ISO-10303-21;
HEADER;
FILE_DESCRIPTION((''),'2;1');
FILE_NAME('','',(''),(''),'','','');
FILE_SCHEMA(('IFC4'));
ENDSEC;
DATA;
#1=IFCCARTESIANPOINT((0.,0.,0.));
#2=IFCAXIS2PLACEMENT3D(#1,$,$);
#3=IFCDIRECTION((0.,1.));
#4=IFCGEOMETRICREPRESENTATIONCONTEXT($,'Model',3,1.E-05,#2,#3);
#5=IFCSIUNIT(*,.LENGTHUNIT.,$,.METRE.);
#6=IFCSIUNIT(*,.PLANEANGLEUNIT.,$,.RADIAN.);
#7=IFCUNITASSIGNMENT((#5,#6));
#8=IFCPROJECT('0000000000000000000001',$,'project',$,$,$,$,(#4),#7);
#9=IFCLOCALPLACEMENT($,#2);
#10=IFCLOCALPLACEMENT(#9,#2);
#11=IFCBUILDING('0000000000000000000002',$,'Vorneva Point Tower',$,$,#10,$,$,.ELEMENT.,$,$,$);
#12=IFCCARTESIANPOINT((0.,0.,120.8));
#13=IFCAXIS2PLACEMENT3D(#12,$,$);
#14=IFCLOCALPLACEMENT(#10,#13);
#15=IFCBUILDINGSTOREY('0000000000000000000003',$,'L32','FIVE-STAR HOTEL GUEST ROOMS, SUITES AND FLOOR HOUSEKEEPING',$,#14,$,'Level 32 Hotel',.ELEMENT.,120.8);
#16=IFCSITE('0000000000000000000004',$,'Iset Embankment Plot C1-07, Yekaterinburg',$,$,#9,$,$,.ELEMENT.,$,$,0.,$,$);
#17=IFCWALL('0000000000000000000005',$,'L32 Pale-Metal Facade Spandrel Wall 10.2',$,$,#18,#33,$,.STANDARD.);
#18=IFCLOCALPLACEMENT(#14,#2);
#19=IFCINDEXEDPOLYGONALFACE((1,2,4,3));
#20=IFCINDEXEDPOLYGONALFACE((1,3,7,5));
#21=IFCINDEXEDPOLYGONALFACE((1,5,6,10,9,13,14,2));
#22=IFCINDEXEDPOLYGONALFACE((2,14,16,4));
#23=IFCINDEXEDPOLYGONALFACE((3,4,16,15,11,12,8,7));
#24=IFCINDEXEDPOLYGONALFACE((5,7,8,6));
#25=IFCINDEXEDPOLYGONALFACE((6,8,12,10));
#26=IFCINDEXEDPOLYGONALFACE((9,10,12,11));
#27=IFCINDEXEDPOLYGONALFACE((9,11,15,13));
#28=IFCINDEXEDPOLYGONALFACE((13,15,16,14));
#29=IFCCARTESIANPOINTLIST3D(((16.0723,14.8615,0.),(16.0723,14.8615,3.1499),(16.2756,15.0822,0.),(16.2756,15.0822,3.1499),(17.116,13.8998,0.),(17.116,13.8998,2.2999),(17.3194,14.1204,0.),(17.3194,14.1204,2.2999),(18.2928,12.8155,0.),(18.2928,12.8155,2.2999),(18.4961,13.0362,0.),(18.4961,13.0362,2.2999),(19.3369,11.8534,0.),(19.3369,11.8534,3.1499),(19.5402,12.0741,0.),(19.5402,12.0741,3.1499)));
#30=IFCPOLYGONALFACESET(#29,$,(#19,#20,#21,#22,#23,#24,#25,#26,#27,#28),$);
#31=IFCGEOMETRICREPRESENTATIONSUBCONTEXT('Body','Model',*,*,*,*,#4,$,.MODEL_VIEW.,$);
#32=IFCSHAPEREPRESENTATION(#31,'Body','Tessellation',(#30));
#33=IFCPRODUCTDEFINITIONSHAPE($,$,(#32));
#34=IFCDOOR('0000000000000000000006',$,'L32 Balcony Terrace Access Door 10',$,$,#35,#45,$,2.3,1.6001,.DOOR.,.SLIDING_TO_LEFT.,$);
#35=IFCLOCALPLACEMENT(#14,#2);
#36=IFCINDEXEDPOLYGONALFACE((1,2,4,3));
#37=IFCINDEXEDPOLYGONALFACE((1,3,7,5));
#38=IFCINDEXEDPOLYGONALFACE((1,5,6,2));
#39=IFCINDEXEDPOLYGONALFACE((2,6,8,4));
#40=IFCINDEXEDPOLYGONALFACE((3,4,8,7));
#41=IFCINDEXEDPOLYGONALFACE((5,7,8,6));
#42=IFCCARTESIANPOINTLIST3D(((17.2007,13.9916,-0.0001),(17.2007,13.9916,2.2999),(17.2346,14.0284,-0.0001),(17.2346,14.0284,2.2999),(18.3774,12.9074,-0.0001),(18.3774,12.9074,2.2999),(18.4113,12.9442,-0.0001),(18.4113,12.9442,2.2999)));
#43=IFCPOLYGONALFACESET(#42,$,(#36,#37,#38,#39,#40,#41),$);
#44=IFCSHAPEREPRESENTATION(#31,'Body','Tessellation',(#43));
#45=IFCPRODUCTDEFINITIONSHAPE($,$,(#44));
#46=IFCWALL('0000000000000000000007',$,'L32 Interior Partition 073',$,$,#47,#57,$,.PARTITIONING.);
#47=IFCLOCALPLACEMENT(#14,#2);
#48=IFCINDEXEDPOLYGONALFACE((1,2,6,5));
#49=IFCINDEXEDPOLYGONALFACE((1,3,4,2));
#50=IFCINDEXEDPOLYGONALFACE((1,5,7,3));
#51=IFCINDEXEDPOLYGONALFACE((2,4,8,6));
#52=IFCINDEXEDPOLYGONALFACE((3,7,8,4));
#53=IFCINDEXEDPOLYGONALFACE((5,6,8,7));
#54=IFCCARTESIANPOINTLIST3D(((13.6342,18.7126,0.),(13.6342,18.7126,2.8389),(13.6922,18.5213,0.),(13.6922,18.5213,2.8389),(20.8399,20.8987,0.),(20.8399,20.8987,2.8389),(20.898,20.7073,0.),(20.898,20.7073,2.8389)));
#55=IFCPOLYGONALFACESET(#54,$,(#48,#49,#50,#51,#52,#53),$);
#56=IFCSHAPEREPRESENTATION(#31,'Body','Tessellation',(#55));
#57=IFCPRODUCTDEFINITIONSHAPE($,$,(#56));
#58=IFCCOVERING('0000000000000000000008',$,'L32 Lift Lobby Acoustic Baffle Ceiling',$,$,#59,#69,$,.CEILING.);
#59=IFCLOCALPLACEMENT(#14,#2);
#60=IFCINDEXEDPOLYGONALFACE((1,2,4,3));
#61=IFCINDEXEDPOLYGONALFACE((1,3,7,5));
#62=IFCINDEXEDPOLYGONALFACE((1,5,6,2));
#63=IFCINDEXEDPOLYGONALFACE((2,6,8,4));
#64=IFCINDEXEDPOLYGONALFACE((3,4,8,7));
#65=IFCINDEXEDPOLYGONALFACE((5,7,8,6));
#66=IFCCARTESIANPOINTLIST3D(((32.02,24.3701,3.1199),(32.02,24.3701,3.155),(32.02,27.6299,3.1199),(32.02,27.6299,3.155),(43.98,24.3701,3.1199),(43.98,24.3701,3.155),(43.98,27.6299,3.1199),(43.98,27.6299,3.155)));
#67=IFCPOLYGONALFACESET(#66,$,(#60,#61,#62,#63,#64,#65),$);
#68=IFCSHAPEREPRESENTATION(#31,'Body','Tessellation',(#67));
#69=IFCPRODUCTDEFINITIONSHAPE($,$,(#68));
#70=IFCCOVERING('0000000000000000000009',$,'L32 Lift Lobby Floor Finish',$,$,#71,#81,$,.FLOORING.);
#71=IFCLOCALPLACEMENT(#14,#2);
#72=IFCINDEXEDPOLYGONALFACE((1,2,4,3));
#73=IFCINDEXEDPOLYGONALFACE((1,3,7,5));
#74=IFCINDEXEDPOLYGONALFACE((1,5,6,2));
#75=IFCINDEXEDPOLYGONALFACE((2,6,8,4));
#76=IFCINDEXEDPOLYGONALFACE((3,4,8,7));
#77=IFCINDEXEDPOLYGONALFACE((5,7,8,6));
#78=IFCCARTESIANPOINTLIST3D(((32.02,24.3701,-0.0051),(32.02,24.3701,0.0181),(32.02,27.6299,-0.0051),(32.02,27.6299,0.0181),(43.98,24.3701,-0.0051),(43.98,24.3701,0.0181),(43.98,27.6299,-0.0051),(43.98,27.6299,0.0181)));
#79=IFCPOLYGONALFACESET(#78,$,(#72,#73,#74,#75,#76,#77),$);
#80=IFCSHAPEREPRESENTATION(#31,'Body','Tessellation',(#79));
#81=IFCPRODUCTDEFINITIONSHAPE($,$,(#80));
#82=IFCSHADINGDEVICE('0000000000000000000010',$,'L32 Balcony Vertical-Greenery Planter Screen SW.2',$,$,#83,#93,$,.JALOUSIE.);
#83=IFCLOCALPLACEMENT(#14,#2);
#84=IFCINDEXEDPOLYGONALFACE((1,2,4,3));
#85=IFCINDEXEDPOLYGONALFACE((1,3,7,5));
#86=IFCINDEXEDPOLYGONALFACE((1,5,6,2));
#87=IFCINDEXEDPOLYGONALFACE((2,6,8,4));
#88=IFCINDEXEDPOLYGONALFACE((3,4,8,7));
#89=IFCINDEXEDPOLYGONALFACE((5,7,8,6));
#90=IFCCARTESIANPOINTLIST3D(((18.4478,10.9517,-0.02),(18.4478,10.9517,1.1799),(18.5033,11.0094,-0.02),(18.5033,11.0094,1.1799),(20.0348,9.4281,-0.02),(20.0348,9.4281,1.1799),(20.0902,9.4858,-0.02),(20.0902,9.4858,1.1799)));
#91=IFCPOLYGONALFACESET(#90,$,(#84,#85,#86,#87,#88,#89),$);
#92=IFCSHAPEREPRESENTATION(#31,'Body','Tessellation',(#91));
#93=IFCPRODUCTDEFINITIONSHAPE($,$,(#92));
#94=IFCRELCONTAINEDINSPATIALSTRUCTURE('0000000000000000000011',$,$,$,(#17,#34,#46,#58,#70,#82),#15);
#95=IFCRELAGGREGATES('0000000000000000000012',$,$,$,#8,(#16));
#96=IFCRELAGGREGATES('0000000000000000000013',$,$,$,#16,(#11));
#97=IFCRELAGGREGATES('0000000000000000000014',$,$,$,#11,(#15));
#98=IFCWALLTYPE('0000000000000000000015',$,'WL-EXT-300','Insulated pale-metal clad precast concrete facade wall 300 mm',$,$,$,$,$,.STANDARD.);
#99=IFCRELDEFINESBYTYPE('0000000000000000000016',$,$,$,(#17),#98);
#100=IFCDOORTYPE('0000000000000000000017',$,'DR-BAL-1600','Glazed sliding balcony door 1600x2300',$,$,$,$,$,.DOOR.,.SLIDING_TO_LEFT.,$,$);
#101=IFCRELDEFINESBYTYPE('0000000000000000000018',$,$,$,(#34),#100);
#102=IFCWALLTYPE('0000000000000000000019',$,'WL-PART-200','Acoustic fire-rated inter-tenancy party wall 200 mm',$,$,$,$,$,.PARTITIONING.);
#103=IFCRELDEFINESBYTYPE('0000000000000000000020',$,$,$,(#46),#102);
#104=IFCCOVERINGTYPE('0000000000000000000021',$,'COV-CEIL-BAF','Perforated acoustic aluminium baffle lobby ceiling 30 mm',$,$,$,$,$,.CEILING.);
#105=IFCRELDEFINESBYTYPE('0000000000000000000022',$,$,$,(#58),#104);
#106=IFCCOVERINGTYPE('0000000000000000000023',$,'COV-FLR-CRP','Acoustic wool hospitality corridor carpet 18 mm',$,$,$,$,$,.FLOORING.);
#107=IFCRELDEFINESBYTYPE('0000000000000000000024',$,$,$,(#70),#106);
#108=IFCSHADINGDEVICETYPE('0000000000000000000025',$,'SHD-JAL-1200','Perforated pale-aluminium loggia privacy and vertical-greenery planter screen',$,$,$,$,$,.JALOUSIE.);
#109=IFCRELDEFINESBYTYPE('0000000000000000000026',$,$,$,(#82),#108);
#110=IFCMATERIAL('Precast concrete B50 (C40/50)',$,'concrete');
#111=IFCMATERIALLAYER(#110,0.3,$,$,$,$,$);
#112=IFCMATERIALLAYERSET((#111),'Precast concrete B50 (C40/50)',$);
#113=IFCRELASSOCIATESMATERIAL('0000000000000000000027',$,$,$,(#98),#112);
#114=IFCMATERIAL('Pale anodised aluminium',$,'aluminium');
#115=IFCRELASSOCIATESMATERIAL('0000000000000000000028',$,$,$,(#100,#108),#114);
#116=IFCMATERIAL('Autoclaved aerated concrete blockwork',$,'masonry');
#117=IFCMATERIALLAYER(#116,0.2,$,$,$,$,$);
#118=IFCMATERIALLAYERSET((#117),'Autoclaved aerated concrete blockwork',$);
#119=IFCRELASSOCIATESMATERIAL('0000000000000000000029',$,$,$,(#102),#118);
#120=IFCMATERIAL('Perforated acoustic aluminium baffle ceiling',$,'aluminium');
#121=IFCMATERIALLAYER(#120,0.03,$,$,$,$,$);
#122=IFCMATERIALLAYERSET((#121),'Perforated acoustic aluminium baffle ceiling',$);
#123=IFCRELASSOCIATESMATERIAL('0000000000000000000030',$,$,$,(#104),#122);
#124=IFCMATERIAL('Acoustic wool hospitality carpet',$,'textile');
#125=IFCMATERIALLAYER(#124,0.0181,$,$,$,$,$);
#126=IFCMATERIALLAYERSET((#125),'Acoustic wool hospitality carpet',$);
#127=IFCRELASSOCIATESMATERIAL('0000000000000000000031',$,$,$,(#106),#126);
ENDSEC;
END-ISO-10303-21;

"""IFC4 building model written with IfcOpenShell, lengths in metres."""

from ifc_helpers import new_model, si_unit, direction, frame, frame_2d, origin, origin_2d, place, context, subcontext, project, spatial, polyline, rectangle, outline, extrude, material, layer, layer_set, type_object, element, fill, save


model = new_model("IFC4")

# Units and contexts
model_context = context("Model", 3, precision=1e-05, world=origin(), true_north=direction((0.0, 1.0)))
body_context = subcontext(model_context, "Body", "Model", "MODEL_VIEW")
ifc_project = project(units=[si_unit("LENGTHUNIT", "METRE"), si_unit("PLANEANGLEUNIT", "RADIAN")], contexts=[model_context])

# Site, building, storey
site_placement = place(None, origin())
site = spatial("IfcSite", under=ifc_project, at=site_placement, Name="Iset Embankment Plot C1-07, Yekaterinburg", CompositionType="ELEMENT", RefElevation=0.0)
building_placement = place(site_placement, origin())
building = spatial("IfcBuilding", under=site, at=building_placement, Name="Vorneva Point Tower", CompositionType="ELEMENT")
storey_placement = place(building_placement, frame((0.0, 0.0, 120.8)))
storey = spatial("IfcBuildingStorey", under=building, at=storey_placement, Name="L32", Description="FIVE-STAR HOTEL GUEST ROOMS, SUITES AND FLOOR HOUSEKEEPING", LongName="Level 32 Hotel", CompositionType="ELEMENT", Elevation=120.8)

# Shared definitions
ifc_material_1 = material(Name="Pale anodised aluminium", Category="aluminium")

# Shared definitions
ifc_material_2 = material(Name="Precast concrete B50 (C40/50)", Category="concrete")
ifc_layer_1 = layer(ifc_material_2, 0.3)
ifc_layer_set_1 = layer_set([ifc_layer_1], Name="Precast concrete B50 (C40/50)")
wall_type_1 = type_object("IfcWallType", Name="WL-EXT-300", Description="Insulated pale-metal clad precast concrete facade wall 300 mm", PredefinedType="STANDARD", material=ifc_layer_set_1)

# Wall, opening, door
wall_1_placement = place(storey_placement, frame((16.1738, 14.9719, 0.0), z_axis=(0.0, 0.0, 1.0), x_axis=(0.735417, -0.677615, 0.0)))
wall_1 = element("IfcWall", 1, at=wall_1_placement, inside=storey, type_object=wall_type_1, Name="L32 Pale-Metal Facade Spandrel Wall 10.2", PredefinedType="STANDARD", context=body_context, shape_type="SweptSolid", body=[
    extrude(rectangle(XDim=4.4392, YDim=0.3, at=frame_2d((2.2197, 0.0))), origin(), (0.0, 0.0, 1.0), 3.1499),
])
opening_1_placement = place(wall_1_placement, frame((1.4194, 0.0, 0.0)))
opening_1 = element("IfcOpeningElement", 2, at=opening_1_placement, cuts=wall_1, PredefinedType="OPENING", context=body_context, shape_type="SweptSolid", body=[
    extrude(rectangle(XDim=1.6001, YDim=2.3, at=frame_2d((0.8, 1.1499))), frame((0.0, 0.165, 0.0), z_axis=(0.0, -1.0, 0.0), x_axis=(1.0, 0.0, 0.0)), (0.0, 0.0, 1.0), 0.3298),
])
door_type = type_object("IfcDoorType", Name="DR-BAL-1600", Description="Glazed sliding balcony door 1600x2300", OperationType="SLIDING_TO_LEFT", PredefinedType="DOOR", material=ifc_material_1)
door_placement = place(opening_1_placement, origin())
door = element("IfcDoor", 3, at=door_placement, inside=storey, type_object=door_type, Name="L32 Balcony Terrace Access Door 10", OperationType="SLIDING_TO_LEFT", OverallHeight=2.3, OverallWidth=1.6001, PredefinedType="DOOR", context=body_context, shape_type="SweptSolid", body=[
    extrude(rectangle(XDim=1.6001, YDim=2.3, at=frame_2d((0.8, 1.1499))), frame((0.0, 0.0249, 0.0), z_axis=(0.0, -1.0, 0.0), x_axis=(1.0, 0.0, 0.0)), (0.0, 0.0, 1.0), 0.05),
])
fill(opening_1, door)

# Wall
ifc_material_3 = material(Name="Autoclaved aerated concrete blockwork", Category="masonry")
ifc_layer_2 = layer(ifc_material_3, 0.2)
ifc_layer_set_2 = layer_set([ifc_layer_2], Name="Autoclaved aerated concrete blockwork")
wall_type_2 = type_object("IfcWallType", Name="WL-PART-200", Description="Acoustic fire-rated inter-tenancy party wall 200 mm", PredefinedType="PARTITIONING", material=ifc_layer_set_2)
wall_2_placement = place(storey_placement, frame((13.6631, 18.6169, 0.0), z_axis=(0.0, 0.0, 1.0), x_axis=(0.956934, 0.290306, 0.0)))
element("IfcWall", 4, at=wall_2_placement, inside=storey, type_object=wall_type_2, Name="L32 Interior Partition 073", PredefinedType="PARTITIONING", context=body_context, shape_type="SweptSolid", body=[
    extrude(rectangle(XDim=7.53, YDim=0.2, at=frame_2d((3.7651, 0.0))), origin(), (0.0, 0.0, 1.0), 2.8389),
])

# Coverings
ifc_material_4 = material(Name="Perforated acoustic aluminium baffle ceiling", Category="aluminium")
ifc_layer_3 = layer(ifc_material_4, 0.03)
ifc_layer_set_3 = layer_set([ifc_layer_3], Name="Perforated acoustic aluminium baffle ceiling")
covering_type_1 = type_object("IfcCoveringType", Name="COV-CEIL-BAF", Description="Perforated acoustic aluminium baffle lobby ceiling 30 mm", PredefinedType="CEILING", material=ifc_layer_set_3)
covering_1_placement = place(storey_placement, frame((0.0, 0.0, 3.1199)))
element("IfcCovering", 5, at=covering_1_placement, inside=storey, type_object=covering_type_1, Name="L32 Lift Lobby Acoustic Baffle Ceiling", PredefinedType="CEILING", context=body_context, shape_type="SweptSolid", body=[
    extrude(outline(polyline([(32.02, 24.3701), (43.98, 24.3701), (43.98, 27.6299), (32.02, 27.6299), (32.02, 24.3701)])), origin(), (0.0, 0.0, 1.0), 0.0352),
])
ifc_material_5 = material(Name="Acoustic wool hospitality carpet", Category="textile")
ifc_layer_4 = layer(ifc_material_5, 0.0181)
ifc_layer_set_4 = layer_set([ifc_layer_4], Name="Acoustic wool hospitality carpet")
covering_type_2 = type_object("IfcCoveringType", Name="COV-FLR-CRP", Description="Acoustic wool hospitality corridor carpet 18 mm", PredefinedType="FLOORING", material=ifc_layer_set_4)
covering_2_placement = place(storey_placement, frame((0.0, 0.0, -0.0051)))
element("IfcCovering", 6, at=covering_2_placement, inside=storey, type_object=covering_type_2, Name="L32 Lift Lobby Floor Finish", PredefinedType="FLOORING", context=body_context, shape_type="SweptSolid", body=[
    extrude(outline(polyline([(32.02, 24.3701), (43.98, 24.3701), (43.98, 27.6299), (32.02, 27.6299), (32.02, 24.3701)])), origin(), (0.0, 0.0, 1.0), 0.0232),
])

# Shading device
shading_device_type = type_object("IfcShadingDeviceType", Name="SHD-JAL-1200", Description="Perforated pale-aluminium loggia privacy and vertical-greenery planter screen", PredefinedType="JALOUSIE", material=ifc_material_1)
shading_device_placement = place(storey_placement, frame((19.269, 10.2188, -0.02), z_axis=(0.0, 0.0, 1.0), x_axis=(0.721349, -0.692571, 0.0)))
element("IfcShadingDevice", 7, at=shading_device_placement, inside=storey, type_object=shading_device_type, Name="L32 Balcony Vertical-Greenery Planter Screen SW.2", PredefinedType="JALOUSIE", context=body_context, shape_type="SweptSolid", body=[
    extrude(rectangle(XDim=2.2, YDim=0.0801, at=origin_2d()), origin(), (0.0, 0.0, 1.0), 1.2),
])

save(model, "model.ifc")
